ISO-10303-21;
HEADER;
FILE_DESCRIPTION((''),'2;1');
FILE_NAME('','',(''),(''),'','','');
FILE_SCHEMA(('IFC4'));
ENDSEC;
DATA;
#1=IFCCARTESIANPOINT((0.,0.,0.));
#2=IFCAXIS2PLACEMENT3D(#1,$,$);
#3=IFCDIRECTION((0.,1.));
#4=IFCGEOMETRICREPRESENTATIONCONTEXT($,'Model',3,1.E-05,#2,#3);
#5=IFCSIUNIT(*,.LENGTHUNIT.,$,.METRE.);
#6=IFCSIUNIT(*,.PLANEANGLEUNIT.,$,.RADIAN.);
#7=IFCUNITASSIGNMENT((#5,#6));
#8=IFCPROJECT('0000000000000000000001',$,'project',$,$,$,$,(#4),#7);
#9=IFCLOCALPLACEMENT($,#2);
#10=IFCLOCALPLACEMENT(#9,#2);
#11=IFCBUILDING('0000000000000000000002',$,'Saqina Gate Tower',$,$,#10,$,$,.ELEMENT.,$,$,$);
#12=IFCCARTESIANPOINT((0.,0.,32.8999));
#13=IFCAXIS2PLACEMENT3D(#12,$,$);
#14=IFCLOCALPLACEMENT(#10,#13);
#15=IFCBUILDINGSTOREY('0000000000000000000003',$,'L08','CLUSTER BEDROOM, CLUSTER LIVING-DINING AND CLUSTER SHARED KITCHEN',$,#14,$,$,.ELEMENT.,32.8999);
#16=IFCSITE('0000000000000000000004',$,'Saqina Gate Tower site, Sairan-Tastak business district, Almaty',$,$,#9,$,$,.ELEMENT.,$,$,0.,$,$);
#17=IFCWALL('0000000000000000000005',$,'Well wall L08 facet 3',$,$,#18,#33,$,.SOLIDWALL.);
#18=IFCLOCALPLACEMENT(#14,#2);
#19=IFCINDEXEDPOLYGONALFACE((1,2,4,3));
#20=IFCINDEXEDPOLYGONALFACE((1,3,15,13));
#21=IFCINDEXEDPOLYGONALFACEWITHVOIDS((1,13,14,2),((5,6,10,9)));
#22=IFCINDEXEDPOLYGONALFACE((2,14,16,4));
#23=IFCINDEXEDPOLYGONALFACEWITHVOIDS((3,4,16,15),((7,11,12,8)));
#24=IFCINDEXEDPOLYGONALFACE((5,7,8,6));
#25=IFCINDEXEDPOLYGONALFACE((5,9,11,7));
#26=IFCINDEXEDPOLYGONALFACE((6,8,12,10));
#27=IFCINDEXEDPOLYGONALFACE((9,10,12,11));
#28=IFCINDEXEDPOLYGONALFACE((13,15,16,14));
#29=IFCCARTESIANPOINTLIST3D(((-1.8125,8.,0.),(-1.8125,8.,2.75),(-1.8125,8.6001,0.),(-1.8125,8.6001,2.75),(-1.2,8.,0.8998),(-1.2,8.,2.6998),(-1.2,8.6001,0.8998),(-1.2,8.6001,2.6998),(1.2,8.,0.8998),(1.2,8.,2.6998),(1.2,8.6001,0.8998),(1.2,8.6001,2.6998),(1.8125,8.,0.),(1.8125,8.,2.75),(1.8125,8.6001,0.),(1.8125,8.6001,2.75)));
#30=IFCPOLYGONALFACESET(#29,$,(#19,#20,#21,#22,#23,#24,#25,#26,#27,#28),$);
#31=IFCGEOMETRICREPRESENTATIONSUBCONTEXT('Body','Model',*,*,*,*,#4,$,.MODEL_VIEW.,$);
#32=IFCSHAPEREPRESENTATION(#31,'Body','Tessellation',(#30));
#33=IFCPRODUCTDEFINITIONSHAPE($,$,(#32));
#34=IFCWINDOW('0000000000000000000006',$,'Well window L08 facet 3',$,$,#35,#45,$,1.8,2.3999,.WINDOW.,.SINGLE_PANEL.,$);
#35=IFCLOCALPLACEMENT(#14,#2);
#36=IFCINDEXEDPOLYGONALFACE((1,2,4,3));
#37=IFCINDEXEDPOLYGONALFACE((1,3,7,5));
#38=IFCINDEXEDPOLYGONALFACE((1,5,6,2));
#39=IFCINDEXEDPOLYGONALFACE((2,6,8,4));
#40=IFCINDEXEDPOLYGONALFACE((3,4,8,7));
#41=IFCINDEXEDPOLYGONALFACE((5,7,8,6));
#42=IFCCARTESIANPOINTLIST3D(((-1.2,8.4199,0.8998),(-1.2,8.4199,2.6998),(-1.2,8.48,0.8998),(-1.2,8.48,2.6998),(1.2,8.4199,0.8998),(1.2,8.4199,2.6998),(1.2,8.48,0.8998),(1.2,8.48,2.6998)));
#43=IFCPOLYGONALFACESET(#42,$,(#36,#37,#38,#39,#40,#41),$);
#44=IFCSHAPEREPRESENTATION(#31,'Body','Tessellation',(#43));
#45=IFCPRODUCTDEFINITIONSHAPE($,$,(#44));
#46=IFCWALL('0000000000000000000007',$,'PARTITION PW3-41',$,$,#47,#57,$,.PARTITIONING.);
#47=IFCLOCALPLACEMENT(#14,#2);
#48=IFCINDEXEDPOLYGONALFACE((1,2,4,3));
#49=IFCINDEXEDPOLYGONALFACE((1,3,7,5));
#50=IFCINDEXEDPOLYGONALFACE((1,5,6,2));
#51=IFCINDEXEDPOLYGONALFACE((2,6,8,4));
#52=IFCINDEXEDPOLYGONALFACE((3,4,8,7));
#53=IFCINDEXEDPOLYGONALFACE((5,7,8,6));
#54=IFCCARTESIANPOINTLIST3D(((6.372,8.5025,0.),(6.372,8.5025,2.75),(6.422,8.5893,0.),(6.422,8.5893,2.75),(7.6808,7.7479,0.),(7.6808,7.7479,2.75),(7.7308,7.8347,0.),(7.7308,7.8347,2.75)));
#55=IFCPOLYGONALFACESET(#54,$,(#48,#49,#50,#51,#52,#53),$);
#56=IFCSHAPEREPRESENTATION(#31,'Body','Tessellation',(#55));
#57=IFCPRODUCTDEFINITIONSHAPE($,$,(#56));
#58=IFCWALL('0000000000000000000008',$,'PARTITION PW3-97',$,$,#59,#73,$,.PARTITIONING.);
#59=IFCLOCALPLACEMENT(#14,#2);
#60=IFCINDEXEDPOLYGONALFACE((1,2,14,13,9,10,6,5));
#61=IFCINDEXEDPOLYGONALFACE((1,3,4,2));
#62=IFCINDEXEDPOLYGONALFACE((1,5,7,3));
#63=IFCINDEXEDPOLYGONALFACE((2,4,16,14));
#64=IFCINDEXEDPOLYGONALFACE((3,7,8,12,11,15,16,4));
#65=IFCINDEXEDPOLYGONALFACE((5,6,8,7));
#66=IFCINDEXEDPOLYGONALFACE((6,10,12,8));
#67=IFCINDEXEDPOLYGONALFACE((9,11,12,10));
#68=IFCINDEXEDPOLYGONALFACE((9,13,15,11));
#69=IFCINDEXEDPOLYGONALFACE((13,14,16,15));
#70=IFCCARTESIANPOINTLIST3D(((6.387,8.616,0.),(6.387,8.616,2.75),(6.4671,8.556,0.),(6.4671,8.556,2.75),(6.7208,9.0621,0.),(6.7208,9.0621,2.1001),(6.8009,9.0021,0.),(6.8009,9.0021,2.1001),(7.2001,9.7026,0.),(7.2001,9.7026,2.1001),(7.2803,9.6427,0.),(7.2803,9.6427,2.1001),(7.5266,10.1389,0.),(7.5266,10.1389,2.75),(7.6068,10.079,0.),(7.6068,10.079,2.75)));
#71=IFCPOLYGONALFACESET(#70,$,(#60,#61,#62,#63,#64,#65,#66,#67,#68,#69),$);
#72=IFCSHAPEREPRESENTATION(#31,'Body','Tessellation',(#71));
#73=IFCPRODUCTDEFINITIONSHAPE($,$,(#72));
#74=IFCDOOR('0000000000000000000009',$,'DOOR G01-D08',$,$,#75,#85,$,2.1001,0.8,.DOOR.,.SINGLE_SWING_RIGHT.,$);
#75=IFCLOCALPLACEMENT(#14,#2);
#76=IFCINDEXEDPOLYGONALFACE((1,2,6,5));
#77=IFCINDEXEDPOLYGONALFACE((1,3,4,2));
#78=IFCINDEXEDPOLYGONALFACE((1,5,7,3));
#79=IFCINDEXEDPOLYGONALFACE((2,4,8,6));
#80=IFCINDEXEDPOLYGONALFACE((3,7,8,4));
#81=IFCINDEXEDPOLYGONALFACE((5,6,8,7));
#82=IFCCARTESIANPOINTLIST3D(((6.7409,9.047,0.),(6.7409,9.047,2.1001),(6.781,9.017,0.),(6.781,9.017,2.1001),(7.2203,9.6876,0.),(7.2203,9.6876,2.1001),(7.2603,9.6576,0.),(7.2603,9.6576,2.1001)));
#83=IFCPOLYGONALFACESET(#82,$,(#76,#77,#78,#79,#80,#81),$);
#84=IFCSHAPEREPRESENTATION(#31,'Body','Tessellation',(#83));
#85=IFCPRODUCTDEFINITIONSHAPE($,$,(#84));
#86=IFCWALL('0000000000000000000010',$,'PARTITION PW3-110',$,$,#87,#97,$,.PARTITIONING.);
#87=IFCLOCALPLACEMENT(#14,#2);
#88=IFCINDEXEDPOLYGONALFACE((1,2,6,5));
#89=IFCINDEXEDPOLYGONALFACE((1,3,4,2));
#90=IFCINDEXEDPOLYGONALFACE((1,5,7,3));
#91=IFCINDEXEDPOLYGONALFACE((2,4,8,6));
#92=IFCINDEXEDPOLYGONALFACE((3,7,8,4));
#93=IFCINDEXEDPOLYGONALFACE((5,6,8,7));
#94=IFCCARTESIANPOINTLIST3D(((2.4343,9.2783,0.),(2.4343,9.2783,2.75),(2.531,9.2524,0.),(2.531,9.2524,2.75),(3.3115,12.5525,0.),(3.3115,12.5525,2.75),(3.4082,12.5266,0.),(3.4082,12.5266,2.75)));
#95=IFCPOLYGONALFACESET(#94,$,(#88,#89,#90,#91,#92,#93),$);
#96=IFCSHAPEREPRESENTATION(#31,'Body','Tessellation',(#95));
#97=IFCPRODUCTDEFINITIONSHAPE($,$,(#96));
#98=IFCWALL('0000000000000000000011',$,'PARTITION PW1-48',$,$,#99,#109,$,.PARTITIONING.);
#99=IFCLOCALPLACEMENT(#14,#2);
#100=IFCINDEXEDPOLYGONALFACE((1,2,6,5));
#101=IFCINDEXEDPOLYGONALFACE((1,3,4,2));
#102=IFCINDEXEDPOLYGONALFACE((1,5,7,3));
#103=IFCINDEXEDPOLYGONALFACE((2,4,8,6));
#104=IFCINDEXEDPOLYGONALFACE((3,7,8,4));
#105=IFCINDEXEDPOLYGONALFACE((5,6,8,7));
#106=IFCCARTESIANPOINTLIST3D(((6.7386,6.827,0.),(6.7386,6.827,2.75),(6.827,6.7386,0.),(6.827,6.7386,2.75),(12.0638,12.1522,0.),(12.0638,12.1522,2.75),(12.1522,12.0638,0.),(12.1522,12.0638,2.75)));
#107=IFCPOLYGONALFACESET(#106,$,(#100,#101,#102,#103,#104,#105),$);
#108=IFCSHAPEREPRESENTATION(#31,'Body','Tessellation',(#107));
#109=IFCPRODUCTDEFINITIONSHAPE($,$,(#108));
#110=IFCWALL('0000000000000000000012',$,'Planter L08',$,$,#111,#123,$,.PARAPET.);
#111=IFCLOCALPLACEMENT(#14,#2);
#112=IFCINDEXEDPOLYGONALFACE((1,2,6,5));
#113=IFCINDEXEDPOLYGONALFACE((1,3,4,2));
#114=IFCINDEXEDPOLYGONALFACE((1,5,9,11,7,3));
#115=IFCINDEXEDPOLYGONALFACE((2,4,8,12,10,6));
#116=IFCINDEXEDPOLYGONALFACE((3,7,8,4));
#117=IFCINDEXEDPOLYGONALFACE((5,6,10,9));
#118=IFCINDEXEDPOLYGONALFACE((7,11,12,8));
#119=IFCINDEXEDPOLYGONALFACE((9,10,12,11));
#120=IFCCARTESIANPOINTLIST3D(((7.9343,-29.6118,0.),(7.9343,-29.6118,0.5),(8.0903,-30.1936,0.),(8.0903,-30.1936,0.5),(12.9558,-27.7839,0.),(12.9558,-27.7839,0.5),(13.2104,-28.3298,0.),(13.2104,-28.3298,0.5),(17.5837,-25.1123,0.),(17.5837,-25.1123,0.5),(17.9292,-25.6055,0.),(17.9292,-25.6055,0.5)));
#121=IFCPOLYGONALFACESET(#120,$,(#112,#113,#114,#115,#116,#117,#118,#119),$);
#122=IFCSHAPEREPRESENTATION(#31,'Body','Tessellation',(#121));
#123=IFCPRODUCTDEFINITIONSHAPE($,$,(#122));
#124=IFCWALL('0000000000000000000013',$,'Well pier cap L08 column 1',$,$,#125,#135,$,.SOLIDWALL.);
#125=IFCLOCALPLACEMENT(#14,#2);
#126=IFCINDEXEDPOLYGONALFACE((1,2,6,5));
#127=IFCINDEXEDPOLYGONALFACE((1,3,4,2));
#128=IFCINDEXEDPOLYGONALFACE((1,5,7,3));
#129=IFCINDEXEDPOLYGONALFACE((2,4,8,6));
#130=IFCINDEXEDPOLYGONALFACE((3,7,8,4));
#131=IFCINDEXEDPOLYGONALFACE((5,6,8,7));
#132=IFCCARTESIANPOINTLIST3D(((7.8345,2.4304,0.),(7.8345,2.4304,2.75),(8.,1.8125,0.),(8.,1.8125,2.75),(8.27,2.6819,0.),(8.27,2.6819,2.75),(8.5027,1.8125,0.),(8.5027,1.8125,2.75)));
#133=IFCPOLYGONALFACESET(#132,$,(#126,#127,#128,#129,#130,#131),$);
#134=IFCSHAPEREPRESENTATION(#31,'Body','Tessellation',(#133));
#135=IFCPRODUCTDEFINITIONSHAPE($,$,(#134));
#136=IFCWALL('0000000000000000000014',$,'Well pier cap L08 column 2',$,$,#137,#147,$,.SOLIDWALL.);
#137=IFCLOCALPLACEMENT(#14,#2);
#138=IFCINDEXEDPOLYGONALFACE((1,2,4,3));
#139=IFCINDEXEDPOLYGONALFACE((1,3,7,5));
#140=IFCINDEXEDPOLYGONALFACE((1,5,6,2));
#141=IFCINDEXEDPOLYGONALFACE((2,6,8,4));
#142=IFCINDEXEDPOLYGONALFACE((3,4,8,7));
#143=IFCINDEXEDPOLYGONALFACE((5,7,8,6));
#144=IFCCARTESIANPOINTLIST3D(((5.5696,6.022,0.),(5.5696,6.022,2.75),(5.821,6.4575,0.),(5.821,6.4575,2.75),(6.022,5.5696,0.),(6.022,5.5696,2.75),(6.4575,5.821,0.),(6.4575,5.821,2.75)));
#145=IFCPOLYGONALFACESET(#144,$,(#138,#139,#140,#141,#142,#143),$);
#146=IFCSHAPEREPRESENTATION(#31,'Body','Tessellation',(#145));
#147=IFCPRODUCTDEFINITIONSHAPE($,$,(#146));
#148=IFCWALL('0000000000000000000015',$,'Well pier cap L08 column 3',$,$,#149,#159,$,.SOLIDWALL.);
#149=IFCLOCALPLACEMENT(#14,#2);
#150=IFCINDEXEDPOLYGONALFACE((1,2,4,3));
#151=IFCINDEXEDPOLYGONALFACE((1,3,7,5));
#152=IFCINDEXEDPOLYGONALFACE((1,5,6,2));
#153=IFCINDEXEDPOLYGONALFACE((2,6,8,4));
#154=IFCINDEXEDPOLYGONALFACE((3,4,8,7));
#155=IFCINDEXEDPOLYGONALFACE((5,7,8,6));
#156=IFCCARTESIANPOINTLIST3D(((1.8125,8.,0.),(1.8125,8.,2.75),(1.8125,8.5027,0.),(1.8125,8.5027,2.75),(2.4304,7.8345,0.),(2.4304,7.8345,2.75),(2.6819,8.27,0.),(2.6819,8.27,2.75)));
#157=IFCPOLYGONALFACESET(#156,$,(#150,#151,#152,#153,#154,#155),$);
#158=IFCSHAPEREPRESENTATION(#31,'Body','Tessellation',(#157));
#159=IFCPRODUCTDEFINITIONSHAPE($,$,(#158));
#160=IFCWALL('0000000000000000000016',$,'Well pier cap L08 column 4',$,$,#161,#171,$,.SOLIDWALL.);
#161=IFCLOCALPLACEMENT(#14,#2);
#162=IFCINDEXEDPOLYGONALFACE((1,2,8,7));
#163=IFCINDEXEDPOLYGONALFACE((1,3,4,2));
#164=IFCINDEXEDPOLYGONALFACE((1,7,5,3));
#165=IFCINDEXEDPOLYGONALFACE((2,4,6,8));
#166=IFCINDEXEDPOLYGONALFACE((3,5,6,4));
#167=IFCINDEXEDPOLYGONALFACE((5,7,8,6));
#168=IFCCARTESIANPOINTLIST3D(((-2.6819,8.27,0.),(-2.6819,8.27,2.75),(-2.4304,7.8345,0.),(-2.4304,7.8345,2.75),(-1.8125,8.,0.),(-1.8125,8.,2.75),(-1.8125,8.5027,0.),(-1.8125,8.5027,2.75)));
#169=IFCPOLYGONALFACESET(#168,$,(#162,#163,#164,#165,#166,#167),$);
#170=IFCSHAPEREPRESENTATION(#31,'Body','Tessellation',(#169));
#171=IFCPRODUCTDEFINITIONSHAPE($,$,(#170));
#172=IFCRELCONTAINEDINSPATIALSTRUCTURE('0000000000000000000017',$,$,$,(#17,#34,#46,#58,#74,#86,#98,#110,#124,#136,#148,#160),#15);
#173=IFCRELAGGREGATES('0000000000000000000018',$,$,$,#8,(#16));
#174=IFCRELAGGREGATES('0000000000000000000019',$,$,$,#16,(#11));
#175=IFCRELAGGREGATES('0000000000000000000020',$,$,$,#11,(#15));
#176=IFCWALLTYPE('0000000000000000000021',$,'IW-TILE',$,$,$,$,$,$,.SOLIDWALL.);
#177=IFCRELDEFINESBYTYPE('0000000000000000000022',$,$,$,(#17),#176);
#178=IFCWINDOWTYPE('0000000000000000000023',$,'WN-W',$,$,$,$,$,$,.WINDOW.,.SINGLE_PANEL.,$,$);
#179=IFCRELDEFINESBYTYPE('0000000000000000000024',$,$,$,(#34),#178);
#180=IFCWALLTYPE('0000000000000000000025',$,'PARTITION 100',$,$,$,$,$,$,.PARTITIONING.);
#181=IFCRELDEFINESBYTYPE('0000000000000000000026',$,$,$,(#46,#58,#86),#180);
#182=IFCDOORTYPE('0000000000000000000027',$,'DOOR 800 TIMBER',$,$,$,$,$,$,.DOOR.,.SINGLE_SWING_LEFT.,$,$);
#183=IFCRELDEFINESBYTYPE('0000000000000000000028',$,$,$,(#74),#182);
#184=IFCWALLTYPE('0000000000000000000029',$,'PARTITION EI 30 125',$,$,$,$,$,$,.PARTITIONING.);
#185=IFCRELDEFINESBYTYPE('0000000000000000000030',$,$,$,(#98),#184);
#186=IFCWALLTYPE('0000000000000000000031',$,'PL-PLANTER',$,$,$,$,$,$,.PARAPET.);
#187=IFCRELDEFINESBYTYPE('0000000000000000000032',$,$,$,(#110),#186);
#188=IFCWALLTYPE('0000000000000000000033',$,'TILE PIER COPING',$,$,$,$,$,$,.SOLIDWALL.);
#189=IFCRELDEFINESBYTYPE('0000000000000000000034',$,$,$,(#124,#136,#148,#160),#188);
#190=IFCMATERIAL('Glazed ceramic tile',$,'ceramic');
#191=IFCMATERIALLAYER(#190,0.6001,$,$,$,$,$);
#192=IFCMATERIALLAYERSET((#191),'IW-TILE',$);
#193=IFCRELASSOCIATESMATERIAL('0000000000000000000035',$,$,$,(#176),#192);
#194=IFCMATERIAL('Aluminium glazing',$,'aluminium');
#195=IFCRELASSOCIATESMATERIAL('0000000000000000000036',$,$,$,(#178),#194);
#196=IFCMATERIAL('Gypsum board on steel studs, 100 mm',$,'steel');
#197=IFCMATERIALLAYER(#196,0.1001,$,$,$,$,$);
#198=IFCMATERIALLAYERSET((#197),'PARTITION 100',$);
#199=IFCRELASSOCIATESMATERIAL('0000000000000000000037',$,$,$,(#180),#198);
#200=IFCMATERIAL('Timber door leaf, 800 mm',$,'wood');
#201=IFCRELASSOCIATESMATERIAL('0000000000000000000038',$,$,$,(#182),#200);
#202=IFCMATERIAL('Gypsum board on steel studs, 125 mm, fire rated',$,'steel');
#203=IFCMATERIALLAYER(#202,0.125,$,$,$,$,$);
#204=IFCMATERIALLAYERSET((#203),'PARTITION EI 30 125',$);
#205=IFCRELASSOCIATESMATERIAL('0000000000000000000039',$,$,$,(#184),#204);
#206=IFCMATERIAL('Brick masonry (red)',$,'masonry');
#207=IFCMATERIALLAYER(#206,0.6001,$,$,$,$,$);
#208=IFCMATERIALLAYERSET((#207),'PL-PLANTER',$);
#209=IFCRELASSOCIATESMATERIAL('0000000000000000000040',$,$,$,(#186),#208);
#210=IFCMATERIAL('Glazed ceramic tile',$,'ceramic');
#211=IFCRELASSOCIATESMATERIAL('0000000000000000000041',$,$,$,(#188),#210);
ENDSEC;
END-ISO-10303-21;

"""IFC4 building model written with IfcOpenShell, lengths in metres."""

from ifc_helpers import new_model, si_unit, direction, frame, frame_2d, origin, place, context, subcontext, project, spatial, polyline, rectangle, outline, extrude, material, layer, layer_set, type_object, element, fill, save


model = new_model("IFC4")

# Units and contexts
model_context = context("Model", 3, precision=1e-05, world=origin(), true_north=direction((0.0, 1.0)))
body_context = subcontext(model_context, "Body", "Model", "MODEL_VIEW")
ifc_project = project(units=[si_unit("LENGTHUNIT", "METRE"), si_unit("PLANEANGLEUNIT", "RADIAN")], contexts=[model_context])

# Site, building, storey
site_placement = place(None, origin())
site = spatial("IfcSite", under=ifc_project, at=site_placement, Name="Saqina Gate Tower site, Sairan-Tastak business district, Almaty", CompositionType="ELEMENT", RefElevation=0.0)
building_placement = place(site_placement, origin())
building = spatial("IfcBuilding", under=site, at=building_placement, Name="Saqina Gate Tower", CompositionType="ELEMENT")
storey_placement = place(building_placement, frame((0.0, 0.0, 32.8999)))
storey = spatial("IfcBuildingStorey", under=building, at=storey_placement, Name="L08", Description="CLUSTER BEDROOM, CLUSTER LIVING-DINING AND CLUSTER SHARED KITCHEN", CompositionType="ELEMENT", Elevation=32.8999)

# Wall, opening, window
ifc_material_1 = material(Name="Glazed ceramic tile", Category="ceramic")
ifc_layer_1 = layer(ifc_material_1, 0.6001)
ifc_layer_set_1 = layer_set([ifc_layer_1], Name="IW-TILE")
wall_type_1 = type_object("IfcWallType", Name="IW-TILE", PredefinedType="SOLIDWALL", material=ifc_layer_set_1)
ifc_material_2 = material(Name="Aluminium glazing", Category="aluminium")
window_type = type_object("IfcWindowType", Name="WN-W", PartitioningType="SINGLE_PANEL", PredefinedType="WINDOW", material=ifc_material_2)
wall_1_placement = place(storey_placement, frame((1.8125, 8.3, 0.0), z_axis=(0.0, 0.0, 1.0), x_axis=(-1.0, 0.0, 0.0)))
wall_1 = element("IfcWall", 1, at=wall_1_placement, inside=storey, type_object=wall_type_1, Name="Well wall L08 facet 3", PredefinedType="SOLIDWALL", context=body_context, shape_type="SweptSolid", body=[
    extrude(rectangle(XDim=3.625, YDim=0.6001, at=frame_2d((1.8125, 0.0))), origin(), (0.0, 0.0, 1.0), 2.75),
])
opening_1_placement = place(wall_1_placement, frame((0.6125, 0.0, 0.8999)))
opening_1 = element("IfcOpeningElement", 2, at=opening_1_placement, cuts=wall_1, PredefinedType="OPENING", context=body_context, shape_type="SweptSolid", body=[
    extrude(rectangle(XDim=2.3999, YDim=1.8, at=frame_2d((1.2, 0.8999))), frame((0.0, 0.312, 0.0), z_axis=(0.0, -1.0, 0.0), x_axis=(1.0, 0.0, 0.0)), (0.0, 0.0, 1.0), 0.624),
])
window_1_placement = place(opening_1_placement, origin())
window_1 = element("IfcWindow", 3, at=window_1_placement, inside=storey, type_object=window_type, Name="Well window L08 facet 3", OverallHeight=1.8, OverallWidth=2.3999, PartitioningType="SINGLE_PANEL", PredefinedType="WINDOW", context=body_context, shape_type="SweptSolid", body=[
    extrude(rectangle(XDim=2.3999, YDim=1.8, at=frame_2d((1.2, 0.8999))), frame((0.0, -0.1199, 0.0), z_axis=(0.0, -1.0, 0.0), x_axis=(1.0, 0.0, 0.0)), (0.0, 0.0, 1.0), 0.0601),
])
fill(opening_1, window_1)

# Wall
ifc_material_3 = material(Name="Gypsum board on steel studs, 100 mm", Category="steel")
ifc_layer_2 = layer(ifc_material_3, 0.1001)
ifc_layer_set_2 = layer_set([ifc_layer_2], Name="PARTITION 100")
wall_type_2 = type_object("IfcWallType", Name="PARTITION 100", PredefinedType="PARTITIONING", material=ifc_layer_set_2)
wall_2_placement = place(storey_placement, frame((6.397, 8.5459, 0.0), z_axis=(0.0, 0.0, 1.0), x_axis=(0.866317, -0.499494, 0.0)))
element("IfcWall", 4, at=wall_2_placement, inside=storey, type_object=wall_type_2, Name="PARTITION PW3-41", PredefinedType="PARTITIONING", context=body_context, shape_type="SweptSolid", body=[
    extrude(rectangle(XDim=1.5107, YDim=0.1001, at=frame_2d((0.7554, 0.0))), origin(), (0.0, 0.0, 1.0), 2.75),
])

# Wall, opening, door
wall_3_placement = place(storey_placement, frame((6.427, 8.5859, 0.0), z_axis=(0.0, 0.0, 1.0), x_axis=(0.599137, 0.800646, 0.0)))
wall_3 = element("IfcWall", 5, at=wall_3_placement, inside=storey, type_object=wall_type_2, Name="PARTITION PW3-97", PredefinedType="PARTITIONING", context=body_context, shape_type="SweptSolid", body=[
    extrude(rectangle(XDim=1.9021, YDim=0.1001, at=frame_2d((0.9512, 0.0))), origin(), (0.0, 0.0, 1.0), 2.75),
])
opening_2_placement = place(wall_3_placement, frame((0.5574, 0.0, 0.0)))
opening_2 = element("IfcOpeningElement", 6, at=opening_2_placement, cuts=wall_3, PredefinedType="OPENING", context=body_context, shape_type="SweptSolid", body=[
    extrude(rectangle(XDim=0.8, YDim=2.1001, at=frame_2d((0.3999, 1.05))), frame((0.0, 0.062, 0.0), z_axis=(0.0, -1.0, 0.0), x_axis=(1.0, 0.0, 0.0)), (0.0, 0.0, 1.0), 0.124),
])
ifc_material_4 = material(Name="Timber door leaf, 800 mm", Category="wood")
door_type = type_object("IfcDoorType", Name="DOOR 800 TIMBER", OperationType="SINGLE_SWING_LEFT", PredefinedType="DOOR", material=ifc_material_4)
door_placement = place(opening_2_placement, origin())
door = element("IfcDoor", 7, at=door_placement, inside=storey, type_object=door_type, Name="DOOR G01-D08", OperationType="SINGLE_SWING_RIGHT", OverallHeight=2.1001, OverallWidth=0.8, PredefinedType="DOOR", context=body_context, shape_type="SweptSolid", body=[
    extrude(rectangle(XDim=0.8, YDim=2.1001, at=frame_2d((0.3999, 1.05))), frame((0.0, 0.0249, 0.0), z_axis=(0.0, -1.0, 0.0), x_axis=(1.0, 0.0, 0.0)), (0.0, 0.0, 1.0), 0.05),
])
fill(opening_2, door)

# Walls
wall_4_placement = place(storey_placement, frame((2.4827, 9.2654, 0.0), z_axis=(0.0, 0.0, 1.0), x_axis=(0.258788, 0.965934, 0.0)))
element("IfcWall", 8, at=wall_4_placement, inside=storey, type_object=wall_type_2, Name="PARTITION PW3-110", PredefinedType="PARTITIONING", context=body_context, shape_type="SweptSolid", body=[
    extrude(rectangle(XDim=3.3896, YDim=0.1001, at=frame_2d((1.6948, 0.0))), origin(), (0.0, 0.0, 1.0), 2.75),
])
ifc_material_5 = material(Name="Gypsum board on steel studs, 125 mm, fire rated", Category="steel")
ifc_layer_3 = layer(ifc_material_5, 0.125)
ifc_layer_set_3 = layer_set([ifc_layer_3], Name="PARTITION EI 30 125")
wall_type_3 = type_object("IfcWallType", Name="PARTITION EI 30 125", PredefinedType="PARTITIONING", material=ifc_layer_set_3)
wall_5_placement = place(storey_placement, frame((6.7827, 6.7827, 0.0), z_axis=(0.0, 0.0, 1.0), x_axis=(0.707107, 0.707107, 0.0)))
element("IfcWall", 9, at=wall_5_placement, inside=storey, type_object=wall_type_3, Name="PARTITION PW1-48", PredefinedType="PARTITIONING", context=body_context, shape_type="SweptSolid", body=[
    extrude(rectangle(XDim=7.531, YDim=0.125, at=frame_2d((3.7656, 0.0))), origin(), (0.0, 0.0, 1.0), 2.75),
])
ifc_material_6 = material(Name="Brick masonry (red)", Category="masonry")
ifc_layer_4 = layer(ifc_material_6, 0.6001)
ifc_layer_set_4 = layer_set([ifc_layer_4], Name="PL-PLANTER")
wall_type_4 = type_object("IfcWallType", Name="PL-PLANTER", PredefinedType="PARAPET", material=ifc_layer_set_4)
wall_6_placement = place(storey_placement, origin())
element("IfcWall", 10, at=wall_6_placement, inside=storey, type_object=wall_type_4, Name="Planter L08", PredefinedType="PARAPET", context=body_context, shape_type="SweptSolid", body=[
    extrude(outline(polyline([(8.0903, -30.1936), (13.2104, -28.3298), (17.9292, -25.6055), (17.5837, -25.1123), (12.9558, -27.7839), (7.9343, -29.6118), (8.0903, -30.1936)])), origin(), (0.0, 0.0, 1.0), 0.5),
])
ifc_material_7 = material(Name="Glazed ceramic tile", Category="ceramic")
wall_type_5 = type_object("IfcWallType", Name="TILE PIER COPING", PredefinedType="SOLIDWALL", material=ifc_material_7)
wall_7_placement = place(storey_placement, origin())
element("IfcWall", 11, at=wall_7_placement, inside=storey, type_object=wall_type_5, Name="Well pier cap L08 column 1", PredefinedType="SOLIDWALL", context=body_context, shape_type="SweptSolid", body=[
    extrude(outline(polyline([(8.27, 2.6819), (7.8345, 2.4304), (8.0, 1.8125), (8.5027, 1.8125), (8.27, 2.6819)])), origin(), (0.0, 0.0, 1.0), 2.75),
])
wall_8_placement = place(storey_placement, origin())
element("IfcWall", 12, at=wall_8_placement, inside=storey, type_object=wall_type_5, Name="Well pier cap L08 column 2", PredefinedType="SOLIDWALL", context=body_context, shape_type="SweptSolid", body=[
    extrude(outline(polyline([(5.821, 6.4575), (5.5696, 6.022), (6.022, 5.5696), (6.4575, 5.821), (5.821, 6.4575)])), origin(), (0.0, 0.0, 1.0), 2.75),
])
wall_9_placement = place(storey_placement, origin())
element("IfcWall", 13, at=wall_9_placement, inside=storey, type_object=wall_type_5, Name="Well pier cap L08 column 3", PredefinedType="SOLIDWALL", context=body_context, shape_type="SweptSolid", body=[
    extrude(outline(polyline([(1.8125, 8.5027), (1.8125, 8.0), (2.4304, 7.8345), (2.6819, 8.27), (1.8125, 8.5027)])), origin(), (0.0, 0.0, 1.0), 2.75),
])
wall_10_placement = place(storey_placement, origin())
element("IfcWall", 14, at=wall_10_placement, inside=storey, type_object=wall_type_5, Name="Well pier cap L08 column 4", PredefinedType="SOLIDWALL", context=body_context, shape_type="SweptSolid", body=[
    extrude(outline(polyline([(-2.6819, 8.27), (-2.4304, 7.8345), (-1.8125, 8.0), (-1.8125, 8.5027), (-2.6819, 8.27)])), origin(), (0.0, 0.0, 1.0), 2.75),
])

save(model, "model.ifc")
